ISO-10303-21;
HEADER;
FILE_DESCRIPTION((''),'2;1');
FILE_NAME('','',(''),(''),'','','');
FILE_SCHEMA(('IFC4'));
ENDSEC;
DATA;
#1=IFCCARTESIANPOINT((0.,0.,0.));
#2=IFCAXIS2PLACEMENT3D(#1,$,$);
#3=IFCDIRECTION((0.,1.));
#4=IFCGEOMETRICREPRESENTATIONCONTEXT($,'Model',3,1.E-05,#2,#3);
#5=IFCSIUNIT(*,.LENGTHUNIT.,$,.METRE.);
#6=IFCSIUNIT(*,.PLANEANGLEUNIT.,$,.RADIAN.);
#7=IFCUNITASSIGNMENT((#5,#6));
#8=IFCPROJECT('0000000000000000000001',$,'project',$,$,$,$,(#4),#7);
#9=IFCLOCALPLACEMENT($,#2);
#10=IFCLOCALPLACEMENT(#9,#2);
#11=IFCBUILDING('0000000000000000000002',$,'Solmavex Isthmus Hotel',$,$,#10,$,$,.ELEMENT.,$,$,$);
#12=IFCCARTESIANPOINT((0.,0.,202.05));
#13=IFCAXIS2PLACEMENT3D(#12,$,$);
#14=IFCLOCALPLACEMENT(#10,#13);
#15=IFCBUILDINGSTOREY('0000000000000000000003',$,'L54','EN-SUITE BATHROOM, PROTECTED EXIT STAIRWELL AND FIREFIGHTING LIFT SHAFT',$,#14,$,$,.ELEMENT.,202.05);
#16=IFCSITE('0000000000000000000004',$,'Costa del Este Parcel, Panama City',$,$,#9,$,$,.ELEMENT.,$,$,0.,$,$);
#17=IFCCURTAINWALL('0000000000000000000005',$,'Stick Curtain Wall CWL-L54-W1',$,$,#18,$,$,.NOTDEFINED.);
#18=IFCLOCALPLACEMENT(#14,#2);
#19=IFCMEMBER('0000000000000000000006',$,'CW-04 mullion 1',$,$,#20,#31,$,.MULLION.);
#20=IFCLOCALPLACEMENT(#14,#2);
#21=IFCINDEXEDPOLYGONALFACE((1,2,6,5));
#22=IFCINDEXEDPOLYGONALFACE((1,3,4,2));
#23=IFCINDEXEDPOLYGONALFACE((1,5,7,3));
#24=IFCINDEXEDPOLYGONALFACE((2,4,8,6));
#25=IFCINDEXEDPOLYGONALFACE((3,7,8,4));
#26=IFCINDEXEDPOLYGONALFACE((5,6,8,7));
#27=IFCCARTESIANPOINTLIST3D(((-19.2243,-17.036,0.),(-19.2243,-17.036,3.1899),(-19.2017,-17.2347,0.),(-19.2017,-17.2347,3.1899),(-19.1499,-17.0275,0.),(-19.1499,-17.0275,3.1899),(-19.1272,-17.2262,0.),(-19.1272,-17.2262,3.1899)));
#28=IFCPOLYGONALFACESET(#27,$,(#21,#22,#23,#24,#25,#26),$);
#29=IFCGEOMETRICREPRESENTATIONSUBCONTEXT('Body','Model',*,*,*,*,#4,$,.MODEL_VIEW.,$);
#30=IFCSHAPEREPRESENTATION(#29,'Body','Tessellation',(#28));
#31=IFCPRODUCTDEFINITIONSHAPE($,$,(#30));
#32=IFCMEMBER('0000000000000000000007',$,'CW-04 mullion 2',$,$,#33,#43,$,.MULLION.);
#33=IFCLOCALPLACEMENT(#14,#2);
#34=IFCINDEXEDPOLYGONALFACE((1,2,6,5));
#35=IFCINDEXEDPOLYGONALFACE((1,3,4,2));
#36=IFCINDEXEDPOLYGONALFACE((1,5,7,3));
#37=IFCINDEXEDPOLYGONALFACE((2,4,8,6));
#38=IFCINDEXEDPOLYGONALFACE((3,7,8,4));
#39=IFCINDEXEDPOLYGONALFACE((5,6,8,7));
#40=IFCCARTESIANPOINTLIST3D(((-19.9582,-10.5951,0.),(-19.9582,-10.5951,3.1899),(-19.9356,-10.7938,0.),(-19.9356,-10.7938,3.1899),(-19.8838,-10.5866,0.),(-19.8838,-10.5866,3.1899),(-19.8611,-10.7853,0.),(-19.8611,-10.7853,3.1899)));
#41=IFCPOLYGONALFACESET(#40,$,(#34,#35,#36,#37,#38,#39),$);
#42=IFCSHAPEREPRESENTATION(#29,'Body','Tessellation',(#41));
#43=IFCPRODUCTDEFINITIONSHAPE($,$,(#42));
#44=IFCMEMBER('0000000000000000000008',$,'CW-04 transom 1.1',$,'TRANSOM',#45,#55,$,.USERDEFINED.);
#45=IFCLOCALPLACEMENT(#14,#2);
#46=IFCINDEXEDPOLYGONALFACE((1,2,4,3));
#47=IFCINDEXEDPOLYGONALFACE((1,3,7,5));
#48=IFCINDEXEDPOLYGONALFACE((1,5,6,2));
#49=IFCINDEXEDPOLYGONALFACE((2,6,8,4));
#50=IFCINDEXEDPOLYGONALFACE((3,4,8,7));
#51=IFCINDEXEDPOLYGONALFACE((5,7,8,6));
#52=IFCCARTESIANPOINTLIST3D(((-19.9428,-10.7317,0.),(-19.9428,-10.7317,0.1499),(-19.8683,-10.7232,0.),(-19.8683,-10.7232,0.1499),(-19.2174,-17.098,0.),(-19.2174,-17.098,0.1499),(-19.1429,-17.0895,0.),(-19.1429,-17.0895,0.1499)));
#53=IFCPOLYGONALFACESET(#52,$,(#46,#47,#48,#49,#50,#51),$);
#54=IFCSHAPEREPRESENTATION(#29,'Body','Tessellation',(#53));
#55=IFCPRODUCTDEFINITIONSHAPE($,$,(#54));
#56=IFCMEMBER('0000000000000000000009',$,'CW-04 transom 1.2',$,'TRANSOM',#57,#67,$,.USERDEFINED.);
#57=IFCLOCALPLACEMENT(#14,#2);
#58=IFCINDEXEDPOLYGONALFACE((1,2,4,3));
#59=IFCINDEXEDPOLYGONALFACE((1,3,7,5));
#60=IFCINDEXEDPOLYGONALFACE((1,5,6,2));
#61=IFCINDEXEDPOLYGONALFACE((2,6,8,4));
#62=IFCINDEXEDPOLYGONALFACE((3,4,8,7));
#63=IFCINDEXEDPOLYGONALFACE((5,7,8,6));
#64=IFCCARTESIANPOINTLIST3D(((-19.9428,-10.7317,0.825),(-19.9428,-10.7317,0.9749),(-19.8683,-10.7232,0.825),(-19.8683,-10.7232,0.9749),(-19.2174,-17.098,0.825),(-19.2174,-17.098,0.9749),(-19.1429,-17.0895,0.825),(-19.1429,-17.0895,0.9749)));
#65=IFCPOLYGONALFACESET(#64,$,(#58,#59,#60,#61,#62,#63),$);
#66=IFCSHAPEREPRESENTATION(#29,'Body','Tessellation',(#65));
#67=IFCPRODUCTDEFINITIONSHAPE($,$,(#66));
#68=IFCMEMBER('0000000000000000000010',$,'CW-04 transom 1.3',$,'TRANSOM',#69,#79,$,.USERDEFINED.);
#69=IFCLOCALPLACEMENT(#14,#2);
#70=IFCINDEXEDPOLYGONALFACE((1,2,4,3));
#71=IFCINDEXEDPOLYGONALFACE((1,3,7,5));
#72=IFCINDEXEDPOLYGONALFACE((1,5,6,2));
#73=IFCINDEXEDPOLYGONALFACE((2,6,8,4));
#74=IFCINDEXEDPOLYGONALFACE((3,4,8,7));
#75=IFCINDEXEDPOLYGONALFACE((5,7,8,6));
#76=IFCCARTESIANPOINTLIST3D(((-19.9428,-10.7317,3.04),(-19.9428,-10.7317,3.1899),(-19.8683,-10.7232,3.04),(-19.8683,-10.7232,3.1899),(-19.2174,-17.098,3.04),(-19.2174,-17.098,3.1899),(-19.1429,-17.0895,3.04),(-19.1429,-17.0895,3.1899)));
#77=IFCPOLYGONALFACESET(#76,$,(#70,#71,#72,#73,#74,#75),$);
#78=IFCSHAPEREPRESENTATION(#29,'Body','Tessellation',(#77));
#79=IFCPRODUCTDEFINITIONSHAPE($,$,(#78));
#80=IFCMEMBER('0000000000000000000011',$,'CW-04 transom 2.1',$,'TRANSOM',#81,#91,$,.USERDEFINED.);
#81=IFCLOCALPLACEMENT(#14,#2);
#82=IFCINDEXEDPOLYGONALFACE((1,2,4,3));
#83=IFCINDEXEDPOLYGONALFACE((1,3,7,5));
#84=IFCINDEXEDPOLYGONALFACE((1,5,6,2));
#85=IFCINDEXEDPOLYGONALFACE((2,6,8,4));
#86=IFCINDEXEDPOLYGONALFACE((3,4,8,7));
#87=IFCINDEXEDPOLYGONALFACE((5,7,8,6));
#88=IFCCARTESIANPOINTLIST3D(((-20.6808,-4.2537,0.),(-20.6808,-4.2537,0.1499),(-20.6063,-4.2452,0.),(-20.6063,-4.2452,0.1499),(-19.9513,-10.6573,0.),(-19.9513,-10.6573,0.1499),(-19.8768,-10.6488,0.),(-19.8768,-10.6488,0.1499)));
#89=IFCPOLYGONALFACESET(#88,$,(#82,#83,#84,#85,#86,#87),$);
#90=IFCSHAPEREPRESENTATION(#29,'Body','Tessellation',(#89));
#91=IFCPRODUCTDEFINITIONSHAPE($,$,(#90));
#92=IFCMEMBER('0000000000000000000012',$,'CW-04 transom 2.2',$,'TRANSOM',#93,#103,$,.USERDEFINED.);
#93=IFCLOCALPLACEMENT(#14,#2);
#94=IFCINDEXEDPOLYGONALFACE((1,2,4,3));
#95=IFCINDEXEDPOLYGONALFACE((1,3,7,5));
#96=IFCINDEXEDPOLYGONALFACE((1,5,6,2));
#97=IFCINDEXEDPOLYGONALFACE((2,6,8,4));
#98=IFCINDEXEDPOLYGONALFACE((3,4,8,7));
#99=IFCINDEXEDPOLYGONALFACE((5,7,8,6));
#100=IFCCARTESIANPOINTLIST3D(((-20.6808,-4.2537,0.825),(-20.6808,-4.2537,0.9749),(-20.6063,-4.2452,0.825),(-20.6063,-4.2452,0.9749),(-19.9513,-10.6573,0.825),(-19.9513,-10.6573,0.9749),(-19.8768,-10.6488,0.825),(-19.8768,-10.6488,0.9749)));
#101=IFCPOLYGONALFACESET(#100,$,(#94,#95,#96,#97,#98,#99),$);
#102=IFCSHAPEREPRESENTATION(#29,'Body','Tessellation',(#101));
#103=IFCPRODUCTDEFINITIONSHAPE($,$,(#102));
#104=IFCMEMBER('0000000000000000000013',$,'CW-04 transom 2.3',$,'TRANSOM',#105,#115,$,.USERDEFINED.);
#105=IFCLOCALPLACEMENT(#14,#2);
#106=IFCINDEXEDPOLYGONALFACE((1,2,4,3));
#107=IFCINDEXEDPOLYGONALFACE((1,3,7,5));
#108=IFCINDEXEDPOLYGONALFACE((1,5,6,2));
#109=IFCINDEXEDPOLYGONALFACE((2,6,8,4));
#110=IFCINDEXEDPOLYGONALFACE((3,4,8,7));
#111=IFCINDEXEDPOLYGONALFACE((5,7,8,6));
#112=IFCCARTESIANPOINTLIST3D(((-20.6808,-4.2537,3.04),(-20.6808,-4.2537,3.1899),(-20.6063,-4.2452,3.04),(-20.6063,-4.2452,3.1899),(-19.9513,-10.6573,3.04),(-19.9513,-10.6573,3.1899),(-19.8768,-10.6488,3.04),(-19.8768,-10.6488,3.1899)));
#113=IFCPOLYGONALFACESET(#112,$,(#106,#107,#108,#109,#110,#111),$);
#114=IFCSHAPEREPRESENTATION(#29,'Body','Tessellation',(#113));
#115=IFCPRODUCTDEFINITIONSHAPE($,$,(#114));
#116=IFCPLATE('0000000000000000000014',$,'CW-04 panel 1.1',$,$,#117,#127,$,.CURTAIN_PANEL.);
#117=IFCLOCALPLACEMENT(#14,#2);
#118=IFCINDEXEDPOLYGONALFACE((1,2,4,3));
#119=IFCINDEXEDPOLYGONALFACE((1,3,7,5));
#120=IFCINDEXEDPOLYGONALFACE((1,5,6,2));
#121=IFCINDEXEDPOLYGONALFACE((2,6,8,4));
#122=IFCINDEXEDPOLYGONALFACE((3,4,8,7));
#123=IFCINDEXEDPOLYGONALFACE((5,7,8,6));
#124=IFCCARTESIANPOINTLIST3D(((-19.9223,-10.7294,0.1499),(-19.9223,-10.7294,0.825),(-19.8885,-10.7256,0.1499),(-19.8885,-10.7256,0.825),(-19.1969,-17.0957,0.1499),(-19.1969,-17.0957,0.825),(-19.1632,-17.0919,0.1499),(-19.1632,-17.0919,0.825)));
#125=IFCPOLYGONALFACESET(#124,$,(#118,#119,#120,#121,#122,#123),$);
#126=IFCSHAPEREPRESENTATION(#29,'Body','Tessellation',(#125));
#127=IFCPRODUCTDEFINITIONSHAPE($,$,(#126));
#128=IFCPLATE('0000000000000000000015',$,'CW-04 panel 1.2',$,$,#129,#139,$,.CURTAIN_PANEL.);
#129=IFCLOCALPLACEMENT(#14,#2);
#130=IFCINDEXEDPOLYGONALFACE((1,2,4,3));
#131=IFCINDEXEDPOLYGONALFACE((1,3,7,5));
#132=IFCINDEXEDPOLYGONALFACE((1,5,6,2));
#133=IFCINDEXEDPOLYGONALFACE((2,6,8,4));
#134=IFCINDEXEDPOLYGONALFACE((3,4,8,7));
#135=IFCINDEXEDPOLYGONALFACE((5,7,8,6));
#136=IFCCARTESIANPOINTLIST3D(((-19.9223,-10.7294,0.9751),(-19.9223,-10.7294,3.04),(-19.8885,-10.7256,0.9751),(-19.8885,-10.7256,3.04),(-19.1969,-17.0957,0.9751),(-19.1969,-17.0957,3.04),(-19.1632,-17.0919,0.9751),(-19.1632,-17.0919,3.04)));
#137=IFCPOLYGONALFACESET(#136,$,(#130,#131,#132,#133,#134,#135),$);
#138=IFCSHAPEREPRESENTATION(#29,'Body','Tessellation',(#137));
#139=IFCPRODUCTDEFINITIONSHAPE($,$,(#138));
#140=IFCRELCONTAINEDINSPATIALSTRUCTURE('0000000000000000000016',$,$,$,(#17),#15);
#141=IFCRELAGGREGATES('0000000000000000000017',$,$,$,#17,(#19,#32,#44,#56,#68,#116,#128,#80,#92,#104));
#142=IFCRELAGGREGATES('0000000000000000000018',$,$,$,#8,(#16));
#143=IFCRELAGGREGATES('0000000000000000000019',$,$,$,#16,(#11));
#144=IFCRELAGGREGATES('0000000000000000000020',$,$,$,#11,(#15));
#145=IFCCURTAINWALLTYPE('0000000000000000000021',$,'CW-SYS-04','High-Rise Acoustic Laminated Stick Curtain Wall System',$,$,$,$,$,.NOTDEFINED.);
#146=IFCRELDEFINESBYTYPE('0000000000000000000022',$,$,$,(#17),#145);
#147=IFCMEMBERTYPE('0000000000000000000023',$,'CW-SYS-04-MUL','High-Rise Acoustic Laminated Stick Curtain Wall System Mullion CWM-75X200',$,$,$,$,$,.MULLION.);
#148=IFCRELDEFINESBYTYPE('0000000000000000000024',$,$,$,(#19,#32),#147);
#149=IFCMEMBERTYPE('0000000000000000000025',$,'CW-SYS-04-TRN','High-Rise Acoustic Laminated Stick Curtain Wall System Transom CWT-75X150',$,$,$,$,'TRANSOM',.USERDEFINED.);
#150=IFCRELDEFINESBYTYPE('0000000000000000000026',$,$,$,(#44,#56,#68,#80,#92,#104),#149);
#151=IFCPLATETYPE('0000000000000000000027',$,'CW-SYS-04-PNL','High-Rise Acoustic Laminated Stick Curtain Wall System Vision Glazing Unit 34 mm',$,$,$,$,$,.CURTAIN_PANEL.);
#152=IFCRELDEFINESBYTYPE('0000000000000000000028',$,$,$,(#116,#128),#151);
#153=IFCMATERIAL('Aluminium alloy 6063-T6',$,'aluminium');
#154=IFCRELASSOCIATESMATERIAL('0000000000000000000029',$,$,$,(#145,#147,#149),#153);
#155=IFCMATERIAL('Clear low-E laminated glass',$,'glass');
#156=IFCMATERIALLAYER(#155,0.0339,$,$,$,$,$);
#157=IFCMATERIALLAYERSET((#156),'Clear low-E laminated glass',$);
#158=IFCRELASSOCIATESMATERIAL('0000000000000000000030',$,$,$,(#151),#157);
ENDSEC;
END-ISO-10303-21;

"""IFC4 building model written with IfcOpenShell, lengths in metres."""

from ifc_helpers import new_model, si_unit, direction, frame, origin, origin_2d, place, context, subcontext, project, spatial, rectangle, extrude, material, layer, layer_set, material_profile, profile_set, type_object, element, aggregate, save


model = new_model("IFC4")

# Units and contexts
model_context = context("Model", 3, precision=1e-05, world=origin(), true_north=direction((0.0, 1.0)))
body_context = subcontext(model_context, "Body", "Model", "MODEL_VIEW")
ifc_project = project(units=[si_unit("LENGTHUNIT", "METRE"), si_unit("PLANEANGLEUNIT", "RADIAN")], contexts=[model_context])

# Site, building, storey
site_placement = place(None, origin())
site = spatial("IfcSite", under=ifc_project, at=site_placement, Name="Costa del Este Parcel, Panama City", CompositionType="ELEMENT", RefElevation=0.0)
building_placement = place(site_placement, origin())
building = spatial("IfcBuilding", under=site, at=building_placement, Name="Solmavex Isthmus Hotel", CompositionType="ELEMENT")
storey_placement = place(building_placement, frame((0.0, 0.0, 202.05)))
storey = spatial("IfcBuildingStorey", under=building, at=storey_placement, Name="L54", Description="EN-SUITE BATHROOM, PROTECTED EXIT STAIRWELL AND FIREFIGHTING LIFT SHAFT", CompositionType="ELEMENT", Elevation=202.05)

# Curtain wall, members, plates
ifc_material_1 = material(Name="Aluminium alloy 6063-T6", Category="aluminium")
curtain_wall_type = type_object("IfcCurtainWallType", Name="CW-SYS-04", Description="High-Rise Acoustic Laminated Stick Curtain Wall System", PredefinedType="NOTDEFINED", material=ifc_material_1)
curtain_wall_placement = place(storey_placement, origin())
curtain_wall = element("IfcCurtainWall", 1, at=curtain_wall_placement, inside=storey, type_object=curtain_wall_type, Name="Stick Curtain Wall CWL-L54-W1", PredefinedType="NOTDEFINED")
ifc_material_profile_1 = material_profile(ifc_material_1, rectangle(XDim=0.075, YDim=0.2, at=origin_2d()), Name="CWM-75X200")
ifc_profile_set_1 = profile_set([ifc_material_profile_1], Name="Aluminium alloy 6063-T6")
member_type_1 = type_object("IfcMemberType", Name="CW-SYS-04-MUL", Description="High-Rise Acoustic Laminated Stick Curtain Wall System Mullion CWM-75X200", PredefinedType="MULLION", material=ifc_profile_set_1)
member_1_placement = place(storey_placement, frame((-19.1758, -17.1311, 0.0), z_axis=(0.0, 0.0, 1.0), x_axis=(-0.993572, -0.113203, 0.0)))
member_1 = element("IfcMember", 2, at=member_1_placement, type_object=member_type_1, Name="CW-04 mullion 1", PredefinedType="MULLION", context=body_context, shape_type="SweptSolid", body=[
    extrude(rectangle(XDim=0.075, YDim=0.2, at=origin_2d()), origin(), (0.0, 0.0, 1.0), 3.1899),
])
member_2_placement = place(storey_placement, frame((-19.9097, -10.6902, 0.0), z_axis=(0.0, 0.0, 1.0), x_axis=(-0.993572, -0.113203, 0.0)))
member_2 = element("IfcMember", 3, at=member_2_placement, type_object=member_type_1, Name="CW-04 mullion 2", PredefinedType="MULLION", context=body_context, shape_type="SweptSolid", body=[
    extrude(rectangle(XDim=0.075, YDim=0.2, at=origin_2d()), origin(), (0.0, 0.0, 1.0), 3.1899),
])
ifc_material_profile_2 = material_profile(ifc_material_1, rectangle(XDim=0.075, YDim=0.1499, at=origin_2d()), Name="CWT-75X150")
ifc_profile_set_2 = profile_set([ifc_material_profile_2], Name="Aluminium alloy 6063-T6")
member_type_2 = type_object("IfcMemberType", Name="CW-SYS-04-TRN", Description="High-Rise Acoustic Laminated Stick Curtain Wall System Transom CWT-75X150", ElementType="TRANSOM", PredefinedType="USERDEFINED", material=ifc_profile_set_2)
member_3_placement = place(storey_placement, frame((-19.1802, -17.0938, 0.075), z_axis=(-0.113204, 0.993572, 0.0), x_axis=(-0.993572, -0.113204, 0.0)))
member_3 = element("IfcMember", 4, at=member_3_placement, type_object=member_type_2, Name="CW-04 transom 1.1", ObjectType="TRANSOM", PredefinedType="USERDEFINED", context=body_context, shape_type="SweptSolid", body=[
    extrude(rectangle(XDim=0.075, YDim=0.1499, at=origin_2d()), origin(), (0.0, 0.0, 1.0), 6.4075),
])
member_4_placement = place(storey_placement, frame((-19.1802, -17.0938, 0.8999), z_axis=(-0.113204, 0.993572, 0.0), x_axis=(-0.993572, -0.113204, 0.0)))
member_4 = element("IfcMember", 5, at=member_4_placement, type_object=member_type_2, Name="CW-04 transom 1.2", ObjectType="TRANSOM", PredefinedType="USERDEFINED", context=body_context, shape_type="SweptSolid", body=[
    extrude(rectangle(XDim=0.075, YDim=0.1499, at=origin_2d()), origin(), (0.0, 0.0, 1.0), 6.4075),
])
member_5_placement = place(storey_placement, frame((-19.1802, -17.0938, 3.115), z_axis=(-0.113204, 0.993572, 0.0), x_axis=(-0.993572, -0.113204, 0.0)))
member_5 = element("IfcMember", 6, at=member_5_placement, type_object=member_type_2, Name="CW-04 transom 1.3", ObjectType="TRANSOM", PredefinedType="USERDEFINED", context=body_context, shape_type="SweptSolid", body=[
    extrude(rectangle(XDim=0.075, YDim=0.1499, at=origin_2d()), origin(), (0.0, 0.0, 1.0), 6.4075),
])
member_6_placement = place(storey_placement, frame((-19.9141, -10.6531, 0.075), z_axis=(-0.113188, 0.993574, 0.0), x_axis=(-0.993574, -0.113188, 0.0)))
member_6 = element("IfcMember", 7, at=member_6_placement, type_object=member_type_2, Name="CW-04 transom 2.1", ObjectType="TRANSOM", PredefinedType="USERDEFINED", context=body_context, shape_type="SweptSolid", body=[
    extrude(rectangle(XDim=0.075, YDim=0.1499, at=origin_2d()), origin(), (0.0, 0.0, 1.0), 6.4451),
])
member_7_placement = place(storey_placement, frame((-19.9141, -10.6531, 0.8999), z_axis=(-0.113188, 0.993574, 0.0), x_axis=(-0.993574, -0.113188, 0.0)))
member_7 = element("IfcMember", 8, at=member_7_placement, type_object=member_type_2, Name="CW-04 transom 2.2", ObjectType="TRANSOM", PredefinedType="USERDEFINED", context=body_context, shape_type="SweptSolid", body=[
    extrude(rectangle(XDim=0.075, YDim=0.1499, at=origin_2d()), origin(), (0.0, 0.0, 1.0), 6.4451),
])
member_8_placement = place(storey_placement, frame((-19.9141, -10.6531, 3.115), z_axis=(-0.113188, 0.993574, 0.0), x_axis=(-0.993574, -0.113188, 0.0)))
member_8 = element("IfcMember", 9, at=member_8_placement, type_object=member_type_2, Name="CW-04 transom 2.3", ObjectType="TRANSOM", PredefinedType="USERDEFINED", context=body_context, shape_type="SweptSolid", body=[
    extrude(rectangle(XDim=0.075, YDim=0.1499, at=origin_2d()), origin(), (0.0, 0.0, 1.0), 6.4451),
])
ifc_material_2 = material(Name="Clear low-E laminated glass", Category="glass")
ifc_layer_1 = layer(ifc_material_2, 0.0339)
ifc_layer_set_1 = layer_set([ifc_layer_1], Name="Clear low-E laminated glass")
plate_type = type_object("IfcPlateType", Name="CW-SYS-04-PNL", Description="High-Rise Acoustic Laminated Stick Curtain Wall System Vision Glazing Unit 34 mm", PredefinedType="CURTAIN_PANEL", material=ifc_layer_set_1)
plate_1_placement = place(storey_placement, frame((-19.5427, -13.9106, 0.1499), z_axis=(0.0, 0.0, 1.0), x_axis=(-0.113203, 0.993572, 0.0)))
plate_1 = element("IfcPlate", 10, at=plate_1_placement, type_object=plate_type, Name="CW-04 panel 1.1", PredefinedType="CURTAIN_PANEL", context=body_context, shape_type="SweptSolid", body=[
    extrude(rectangle(XDim=6.4075, YDim=0.0339, at=origin_2d()), origin(), (0.0, 0.0, 1.0), 0.675),
])
plate_2_placement = place(storey_placement, frame((-19.5427, -13.9106, 0.9751), z_axis=(0.0, 0.0, 1.0), x_axis=(-0.113203, 0.993572, 0.0)))
plate_2 = element("IfcPlate", 11, at=plate_2_placement, type_object=plate_type, Name="CW-04 panel 1.2", PredefinedType="CURTAIN_PANEL", context=body_context, shape_type="SweptSolid", body=[
    extrude(rectangle(XDim=6.4075, YDim=0.0339, at=origin_2d()), origin(), (0.0, 0.0, 1.0), 2.0649),
])
aggregate(curtain_wall, [member_1, member_2, member_3, member_4, member_5, plate_1, plate_2, member_6, member_7, member_8])

save(model, "model.ifc")
